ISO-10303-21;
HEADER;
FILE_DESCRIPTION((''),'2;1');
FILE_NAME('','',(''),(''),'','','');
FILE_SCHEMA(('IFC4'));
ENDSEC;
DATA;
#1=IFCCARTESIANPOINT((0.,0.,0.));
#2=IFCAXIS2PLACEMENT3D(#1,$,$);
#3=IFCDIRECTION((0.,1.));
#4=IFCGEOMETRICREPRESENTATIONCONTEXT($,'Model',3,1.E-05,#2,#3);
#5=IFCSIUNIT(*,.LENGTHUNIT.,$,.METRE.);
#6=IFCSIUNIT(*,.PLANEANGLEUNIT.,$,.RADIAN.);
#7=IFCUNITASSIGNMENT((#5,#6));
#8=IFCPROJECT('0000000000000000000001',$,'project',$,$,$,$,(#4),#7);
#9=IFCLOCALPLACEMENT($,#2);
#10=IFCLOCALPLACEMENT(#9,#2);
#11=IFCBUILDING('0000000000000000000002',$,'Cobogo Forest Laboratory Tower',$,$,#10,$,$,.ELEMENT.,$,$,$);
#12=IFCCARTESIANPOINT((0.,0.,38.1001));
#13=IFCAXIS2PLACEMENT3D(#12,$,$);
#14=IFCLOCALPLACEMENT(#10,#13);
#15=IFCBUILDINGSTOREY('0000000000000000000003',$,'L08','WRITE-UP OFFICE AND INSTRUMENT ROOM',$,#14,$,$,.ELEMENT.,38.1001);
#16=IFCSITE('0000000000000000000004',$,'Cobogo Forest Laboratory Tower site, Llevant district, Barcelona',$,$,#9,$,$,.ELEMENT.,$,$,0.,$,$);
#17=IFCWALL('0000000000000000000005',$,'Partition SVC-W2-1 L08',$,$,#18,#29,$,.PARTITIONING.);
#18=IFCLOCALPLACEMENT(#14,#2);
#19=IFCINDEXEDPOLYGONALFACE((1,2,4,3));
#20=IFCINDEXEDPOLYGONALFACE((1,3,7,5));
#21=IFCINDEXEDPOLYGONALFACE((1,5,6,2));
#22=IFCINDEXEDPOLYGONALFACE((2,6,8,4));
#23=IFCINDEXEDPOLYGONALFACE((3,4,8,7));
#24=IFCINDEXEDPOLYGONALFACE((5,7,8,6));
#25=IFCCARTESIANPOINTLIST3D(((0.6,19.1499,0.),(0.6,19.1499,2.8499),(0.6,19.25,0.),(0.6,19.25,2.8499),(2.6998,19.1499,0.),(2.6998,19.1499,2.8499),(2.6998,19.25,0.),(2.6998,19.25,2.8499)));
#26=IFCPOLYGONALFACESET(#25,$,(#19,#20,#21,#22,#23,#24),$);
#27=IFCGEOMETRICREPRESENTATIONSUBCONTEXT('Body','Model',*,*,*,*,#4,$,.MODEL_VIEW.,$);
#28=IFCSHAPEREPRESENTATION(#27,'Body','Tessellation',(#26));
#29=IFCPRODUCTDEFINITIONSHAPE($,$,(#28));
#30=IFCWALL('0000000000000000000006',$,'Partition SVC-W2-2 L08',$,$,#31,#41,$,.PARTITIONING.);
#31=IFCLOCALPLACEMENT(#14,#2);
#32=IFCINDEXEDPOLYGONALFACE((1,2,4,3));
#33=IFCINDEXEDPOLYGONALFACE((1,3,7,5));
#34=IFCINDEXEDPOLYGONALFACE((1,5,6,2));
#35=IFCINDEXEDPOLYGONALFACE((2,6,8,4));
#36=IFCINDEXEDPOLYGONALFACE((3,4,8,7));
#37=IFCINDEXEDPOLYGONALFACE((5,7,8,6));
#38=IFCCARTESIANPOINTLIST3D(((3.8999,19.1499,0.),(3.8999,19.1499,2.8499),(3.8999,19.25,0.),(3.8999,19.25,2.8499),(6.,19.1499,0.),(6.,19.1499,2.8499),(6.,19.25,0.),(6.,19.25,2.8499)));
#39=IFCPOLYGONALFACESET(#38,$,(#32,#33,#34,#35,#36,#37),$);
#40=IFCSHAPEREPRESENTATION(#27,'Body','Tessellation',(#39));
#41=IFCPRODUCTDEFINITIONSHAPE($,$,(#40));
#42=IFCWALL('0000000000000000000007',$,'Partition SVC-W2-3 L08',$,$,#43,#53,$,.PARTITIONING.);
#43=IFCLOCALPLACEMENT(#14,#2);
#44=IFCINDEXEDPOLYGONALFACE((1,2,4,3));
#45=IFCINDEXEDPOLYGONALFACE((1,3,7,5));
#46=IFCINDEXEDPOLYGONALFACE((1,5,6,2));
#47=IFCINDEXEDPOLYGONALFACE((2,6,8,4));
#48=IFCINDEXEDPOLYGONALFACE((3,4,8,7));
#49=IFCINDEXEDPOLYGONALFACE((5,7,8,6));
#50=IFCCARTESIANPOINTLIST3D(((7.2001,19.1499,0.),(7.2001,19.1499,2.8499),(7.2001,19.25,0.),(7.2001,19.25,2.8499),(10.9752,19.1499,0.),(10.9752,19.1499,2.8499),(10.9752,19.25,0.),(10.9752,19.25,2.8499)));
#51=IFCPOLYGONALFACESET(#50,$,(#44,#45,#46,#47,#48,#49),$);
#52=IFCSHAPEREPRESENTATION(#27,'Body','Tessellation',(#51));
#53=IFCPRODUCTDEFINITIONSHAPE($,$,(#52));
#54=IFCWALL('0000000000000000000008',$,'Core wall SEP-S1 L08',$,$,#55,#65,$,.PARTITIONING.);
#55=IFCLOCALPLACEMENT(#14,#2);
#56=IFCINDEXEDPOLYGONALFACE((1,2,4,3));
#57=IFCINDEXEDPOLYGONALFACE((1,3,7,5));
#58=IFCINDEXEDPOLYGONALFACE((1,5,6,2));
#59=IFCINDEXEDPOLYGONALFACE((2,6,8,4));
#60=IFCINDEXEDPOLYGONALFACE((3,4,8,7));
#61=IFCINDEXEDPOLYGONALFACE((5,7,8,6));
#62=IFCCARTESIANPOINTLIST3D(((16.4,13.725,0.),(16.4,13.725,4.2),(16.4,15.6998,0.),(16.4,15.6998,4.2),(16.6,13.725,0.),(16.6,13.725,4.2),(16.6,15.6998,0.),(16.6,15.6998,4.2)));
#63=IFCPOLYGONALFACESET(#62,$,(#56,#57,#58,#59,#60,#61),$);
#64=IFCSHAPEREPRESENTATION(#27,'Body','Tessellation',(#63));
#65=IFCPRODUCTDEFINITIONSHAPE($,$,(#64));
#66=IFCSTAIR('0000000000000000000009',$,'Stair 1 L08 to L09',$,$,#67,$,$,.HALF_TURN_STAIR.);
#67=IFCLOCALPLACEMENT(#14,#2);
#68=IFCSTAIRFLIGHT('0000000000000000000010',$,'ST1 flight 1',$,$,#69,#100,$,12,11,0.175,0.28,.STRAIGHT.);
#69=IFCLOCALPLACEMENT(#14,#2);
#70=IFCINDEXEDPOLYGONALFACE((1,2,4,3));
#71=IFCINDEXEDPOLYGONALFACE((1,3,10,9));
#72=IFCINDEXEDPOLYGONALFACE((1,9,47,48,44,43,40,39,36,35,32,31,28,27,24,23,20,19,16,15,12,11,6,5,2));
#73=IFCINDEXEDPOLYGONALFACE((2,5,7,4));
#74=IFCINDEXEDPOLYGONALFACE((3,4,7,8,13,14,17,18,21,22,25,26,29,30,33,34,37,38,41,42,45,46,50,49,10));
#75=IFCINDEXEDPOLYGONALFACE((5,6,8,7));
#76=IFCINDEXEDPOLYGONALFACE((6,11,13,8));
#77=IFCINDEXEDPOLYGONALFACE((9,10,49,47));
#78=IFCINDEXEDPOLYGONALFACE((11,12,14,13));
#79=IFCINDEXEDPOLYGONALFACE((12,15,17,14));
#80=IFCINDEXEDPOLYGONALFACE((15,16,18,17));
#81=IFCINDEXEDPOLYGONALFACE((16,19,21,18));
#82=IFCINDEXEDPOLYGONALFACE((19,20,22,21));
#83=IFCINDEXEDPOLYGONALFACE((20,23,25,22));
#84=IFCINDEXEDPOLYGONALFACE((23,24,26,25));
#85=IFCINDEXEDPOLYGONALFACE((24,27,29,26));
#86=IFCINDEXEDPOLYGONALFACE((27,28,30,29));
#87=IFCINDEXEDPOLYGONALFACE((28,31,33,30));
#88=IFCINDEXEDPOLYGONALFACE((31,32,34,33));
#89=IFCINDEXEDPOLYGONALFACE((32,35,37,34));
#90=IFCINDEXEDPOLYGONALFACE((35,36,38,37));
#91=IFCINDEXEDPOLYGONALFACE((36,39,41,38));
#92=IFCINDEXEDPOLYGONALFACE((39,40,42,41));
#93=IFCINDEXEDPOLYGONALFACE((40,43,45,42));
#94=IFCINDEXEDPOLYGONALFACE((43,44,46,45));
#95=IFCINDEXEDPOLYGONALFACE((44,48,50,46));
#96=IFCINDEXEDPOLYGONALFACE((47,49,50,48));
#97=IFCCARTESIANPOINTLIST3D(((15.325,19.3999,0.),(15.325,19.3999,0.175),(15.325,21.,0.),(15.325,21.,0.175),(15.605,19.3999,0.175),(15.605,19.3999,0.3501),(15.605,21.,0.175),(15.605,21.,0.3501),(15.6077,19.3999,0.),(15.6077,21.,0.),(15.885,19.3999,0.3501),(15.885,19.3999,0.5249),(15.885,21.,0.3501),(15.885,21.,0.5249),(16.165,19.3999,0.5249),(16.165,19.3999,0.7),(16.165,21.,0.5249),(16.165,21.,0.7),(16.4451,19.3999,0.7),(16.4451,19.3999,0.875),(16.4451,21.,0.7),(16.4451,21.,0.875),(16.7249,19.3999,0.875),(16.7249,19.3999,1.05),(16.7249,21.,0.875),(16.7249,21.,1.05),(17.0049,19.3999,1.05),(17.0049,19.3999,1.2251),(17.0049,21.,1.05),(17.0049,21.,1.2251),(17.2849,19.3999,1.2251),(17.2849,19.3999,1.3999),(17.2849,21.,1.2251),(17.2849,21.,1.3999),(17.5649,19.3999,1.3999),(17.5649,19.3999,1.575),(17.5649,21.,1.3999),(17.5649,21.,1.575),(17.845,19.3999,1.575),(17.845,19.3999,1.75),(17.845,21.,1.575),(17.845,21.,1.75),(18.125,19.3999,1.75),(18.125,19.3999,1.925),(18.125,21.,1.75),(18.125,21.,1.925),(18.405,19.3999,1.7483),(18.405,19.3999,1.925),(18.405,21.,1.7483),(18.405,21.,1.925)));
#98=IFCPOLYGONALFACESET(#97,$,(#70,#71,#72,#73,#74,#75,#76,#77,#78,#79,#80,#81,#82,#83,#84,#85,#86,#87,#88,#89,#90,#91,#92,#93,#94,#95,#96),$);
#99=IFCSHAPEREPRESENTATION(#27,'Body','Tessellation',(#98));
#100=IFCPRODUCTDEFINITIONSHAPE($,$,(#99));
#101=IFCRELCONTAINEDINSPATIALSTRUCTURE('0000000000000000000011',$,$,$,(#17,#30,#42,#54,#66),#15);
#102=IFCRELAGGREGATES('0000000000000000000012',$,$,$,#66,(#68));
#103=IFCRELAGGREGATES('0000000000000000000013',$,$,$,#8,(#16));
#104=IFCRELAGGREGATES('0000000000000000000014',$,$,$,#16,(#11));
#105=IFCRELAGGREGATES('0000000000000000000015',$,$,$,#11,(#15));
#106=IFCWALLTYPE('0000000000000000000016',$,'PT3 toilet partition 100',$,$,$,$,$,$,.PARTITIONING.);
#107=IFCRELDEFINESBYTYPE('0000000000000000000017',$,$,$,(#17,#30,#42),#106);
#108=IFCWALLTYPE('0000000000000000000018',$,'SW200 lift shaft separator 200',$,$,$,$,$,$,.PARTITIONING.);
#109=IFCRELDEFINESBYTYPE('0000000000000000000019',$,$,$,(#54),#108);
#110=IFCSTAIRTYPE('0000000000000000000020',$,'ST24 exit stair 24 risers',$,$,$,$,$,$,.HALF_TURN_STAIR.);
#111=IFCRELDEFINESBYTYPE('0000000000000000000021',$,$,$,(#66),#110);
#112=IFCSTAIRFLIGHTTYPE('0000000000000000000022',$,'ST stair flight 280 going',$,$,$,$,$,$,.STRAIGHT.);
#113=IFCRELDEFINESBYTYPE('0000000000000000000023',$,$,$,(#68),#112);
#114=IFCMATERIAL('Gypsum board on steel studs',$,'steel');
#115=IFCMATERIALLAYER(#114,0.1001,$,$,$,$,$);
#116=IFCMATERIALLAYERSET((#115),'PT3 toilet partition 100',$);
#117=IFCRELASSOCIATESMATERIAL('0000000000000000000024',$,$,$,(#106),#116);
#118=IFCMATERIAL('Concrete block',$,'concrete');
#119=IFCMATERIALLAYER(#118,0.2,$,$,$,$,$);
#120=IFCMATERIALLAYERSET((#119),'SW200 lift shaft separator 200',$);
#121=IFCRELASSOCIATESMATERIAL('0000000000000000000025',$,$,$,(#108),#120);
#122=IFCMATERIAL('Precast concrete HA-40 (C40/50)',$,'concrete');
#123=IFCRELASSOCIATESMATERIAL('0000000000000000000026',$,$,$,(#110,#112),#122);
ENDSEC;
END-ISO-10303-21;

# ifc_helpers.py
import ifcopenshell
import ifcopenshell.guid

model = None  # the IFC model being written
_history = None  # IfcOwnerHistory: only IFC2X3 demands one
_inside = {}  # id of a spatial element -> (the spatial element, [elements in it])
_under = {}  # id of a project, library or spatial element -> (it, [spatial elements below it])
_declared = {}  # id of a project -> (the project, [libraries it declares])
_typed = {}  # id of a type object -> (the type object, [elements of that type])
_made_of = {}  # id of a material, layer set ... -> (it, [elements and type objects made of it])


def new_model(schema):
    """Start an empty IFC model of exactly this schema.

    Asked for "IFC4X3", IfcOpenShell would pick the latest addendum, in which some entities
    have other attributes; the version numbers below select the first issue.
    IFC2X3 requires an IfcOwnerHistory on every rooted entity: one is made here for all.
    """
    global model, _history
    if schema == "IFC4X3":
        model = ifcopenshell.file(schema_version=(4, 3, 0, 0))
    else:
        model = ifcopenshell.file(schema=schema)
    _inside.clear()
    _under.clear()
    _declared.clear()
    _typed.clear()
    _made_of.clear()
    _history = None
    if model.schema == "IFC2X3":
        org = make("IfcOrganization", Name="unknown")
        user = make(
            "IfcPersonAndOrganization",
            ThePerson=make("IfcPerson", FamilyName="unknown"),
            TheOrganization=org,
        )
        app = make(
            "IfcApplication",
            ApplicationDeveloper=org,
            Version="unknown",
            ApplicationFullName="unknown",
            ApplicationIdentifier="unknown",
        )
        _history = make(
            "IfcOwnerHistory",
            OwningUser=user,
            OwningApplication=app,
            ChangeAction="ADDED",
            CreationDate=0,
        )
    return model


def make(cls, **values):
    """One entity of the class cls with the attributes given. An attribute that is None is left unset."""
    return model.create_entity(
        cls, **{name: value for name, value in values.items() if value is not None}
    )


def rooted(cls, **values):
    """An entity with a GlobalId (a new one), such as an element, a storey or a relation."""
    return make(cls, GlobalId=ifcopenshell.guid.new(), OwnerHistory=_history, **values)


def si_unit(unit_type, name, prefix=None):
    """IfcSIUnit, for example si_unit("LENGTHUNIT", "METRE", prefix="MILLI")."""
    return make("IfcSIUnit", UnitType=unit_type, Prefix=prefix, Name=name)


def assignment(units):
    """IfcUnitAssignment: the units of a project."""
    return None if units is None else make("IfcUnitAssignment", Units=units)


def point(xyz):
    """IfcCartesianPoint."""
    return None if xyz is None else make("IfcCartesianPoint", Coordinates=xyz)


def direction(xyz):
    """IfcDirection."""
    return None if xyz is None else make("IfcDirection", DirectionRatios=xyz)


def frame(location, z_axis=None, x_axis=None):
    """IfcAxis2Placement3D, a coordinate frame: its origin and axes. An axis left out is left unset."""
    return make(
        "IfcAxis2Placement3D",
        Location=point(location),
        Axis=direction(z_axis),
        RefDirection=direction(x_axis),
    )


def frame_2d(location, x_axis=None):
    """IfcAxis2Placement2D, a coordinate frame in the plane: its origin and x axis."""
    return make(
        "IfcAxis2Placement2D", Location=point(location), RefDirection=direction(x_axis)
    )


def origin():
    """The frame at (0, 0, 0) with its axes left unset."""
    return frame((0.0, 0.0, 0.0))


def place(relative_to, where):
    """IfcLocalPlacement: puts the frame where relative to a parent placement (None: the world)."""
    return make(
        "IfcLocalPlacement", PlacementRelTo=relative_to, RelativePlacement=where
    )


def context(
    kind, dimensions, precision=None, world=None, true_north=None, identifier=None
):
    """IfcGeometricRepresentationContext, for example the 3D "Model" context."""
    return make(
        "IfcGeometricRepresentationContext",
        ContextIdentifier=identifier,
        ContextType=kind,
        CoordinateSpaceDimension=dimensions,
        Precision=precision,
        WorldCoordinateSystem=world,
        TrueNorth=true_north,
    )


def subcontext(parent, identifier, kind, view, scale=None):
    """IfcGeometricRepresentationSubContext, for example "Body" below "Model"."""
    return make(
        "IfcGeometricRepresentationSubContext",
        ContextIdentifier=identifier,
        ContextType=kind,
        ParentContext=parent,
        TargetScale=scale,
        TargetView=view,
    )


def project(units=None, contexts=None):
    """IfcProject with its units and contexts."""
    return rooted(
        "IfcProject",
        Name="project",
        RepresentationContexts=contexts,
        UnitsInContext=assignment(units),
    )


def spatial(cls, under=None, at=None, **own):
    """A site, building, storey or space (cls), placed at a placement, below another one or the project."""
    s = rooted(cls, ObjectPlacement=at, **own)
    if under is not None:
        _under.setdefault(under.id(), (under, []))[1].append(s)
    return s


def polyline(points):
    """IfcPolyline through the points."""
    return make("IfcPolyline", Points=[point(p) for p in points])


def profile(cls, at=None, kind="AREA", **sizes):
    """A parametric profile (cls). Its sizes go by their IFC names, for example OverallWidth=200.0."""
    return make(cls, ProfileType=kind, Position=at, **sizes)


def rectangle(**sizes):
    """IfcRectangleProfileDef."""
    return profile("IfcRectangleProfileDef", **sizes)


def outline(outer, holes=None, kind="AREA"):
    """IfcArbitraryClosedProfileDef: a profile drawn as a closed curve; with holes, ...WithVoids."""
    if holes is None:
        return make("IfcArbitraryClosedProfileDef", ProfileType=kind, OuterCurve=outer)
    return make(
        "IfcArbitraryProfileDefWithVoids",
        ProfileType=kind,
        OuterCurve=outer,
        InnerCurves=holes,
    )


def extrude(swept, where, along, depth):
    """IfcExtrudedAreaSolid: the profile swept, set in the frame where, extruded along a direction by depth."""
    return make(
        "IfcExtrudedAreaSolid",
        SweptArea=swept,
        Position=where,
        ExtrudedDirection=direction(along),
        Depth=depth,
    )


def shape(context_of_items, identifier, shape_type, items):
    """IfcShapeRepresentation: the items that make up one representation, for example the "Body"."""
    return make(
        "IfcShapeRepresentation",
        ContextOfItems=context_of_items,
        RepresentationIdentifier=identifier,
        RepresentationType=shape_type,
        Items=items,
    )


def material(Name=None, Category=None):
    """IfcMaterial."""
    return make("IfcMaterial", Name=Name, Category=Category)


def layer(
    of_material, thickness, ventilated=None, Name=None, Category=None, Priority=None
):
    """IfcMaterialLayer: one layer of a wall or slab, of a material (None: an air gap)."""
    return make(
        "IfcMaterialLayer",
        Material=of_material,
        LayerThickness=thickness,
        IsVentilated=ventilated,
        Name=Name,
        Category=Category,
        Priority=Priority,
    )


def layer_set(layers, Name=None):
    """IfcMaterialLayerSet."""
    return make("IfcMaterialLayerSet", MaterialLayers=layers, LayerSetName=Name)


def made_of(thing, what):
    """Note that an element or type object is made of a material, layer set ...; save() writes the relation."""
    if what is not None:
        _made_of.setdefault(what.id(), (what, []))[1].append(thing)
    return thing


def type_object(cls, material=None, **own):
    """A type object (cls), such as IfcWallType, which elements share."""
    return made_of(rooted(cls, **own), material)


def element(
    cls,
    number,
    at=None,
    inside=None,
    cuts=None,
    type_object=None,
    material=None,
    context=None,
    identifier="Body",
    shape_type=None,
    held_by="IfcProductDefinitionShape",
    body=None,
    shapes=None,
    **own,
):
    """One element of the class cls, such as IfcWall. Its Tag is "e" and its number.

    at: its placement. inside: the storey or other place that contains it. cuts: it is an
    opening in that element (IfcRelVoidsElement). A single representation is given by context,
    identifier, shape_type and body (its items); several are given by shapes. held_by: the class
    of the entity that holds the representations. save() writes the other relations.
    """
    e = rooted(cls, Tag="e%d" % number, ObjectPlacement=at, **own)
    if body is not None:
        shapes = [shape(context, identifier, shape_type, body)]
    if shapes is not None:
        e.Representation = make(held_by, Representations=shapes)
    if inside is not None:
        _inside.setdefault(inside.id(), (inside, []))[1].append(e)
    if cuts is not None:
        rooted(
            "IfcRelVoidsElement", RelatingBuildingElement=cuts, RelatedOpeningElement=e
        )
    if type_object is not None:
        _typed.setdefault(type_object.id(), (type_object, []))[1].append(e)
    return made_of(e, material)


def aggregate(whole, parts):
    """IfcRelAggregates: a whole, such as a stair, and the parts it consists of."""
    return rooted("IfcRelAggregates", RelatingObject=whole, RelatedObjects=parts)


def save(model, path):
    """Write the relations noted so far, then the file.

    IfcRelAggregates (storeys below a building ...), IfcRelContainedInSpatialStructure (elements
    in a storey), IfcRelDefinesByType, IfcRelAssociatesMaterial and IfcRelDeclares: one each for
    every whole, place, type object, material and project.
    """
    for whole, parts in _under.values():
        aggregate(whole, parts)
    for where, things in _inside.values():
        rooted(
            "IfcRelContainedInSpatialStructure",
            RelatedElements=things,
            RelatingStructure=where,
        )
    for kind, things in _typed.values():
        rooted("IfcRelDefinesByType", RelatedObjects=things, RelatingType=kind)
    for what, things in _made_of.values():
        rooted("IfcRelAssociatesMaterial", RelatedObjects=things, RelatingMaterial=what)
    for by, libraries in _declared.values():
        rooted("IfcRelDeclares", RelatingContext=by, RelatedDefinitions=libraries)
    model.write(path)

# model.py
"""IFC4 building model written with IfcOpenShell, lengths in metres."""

from ifc_helpers import new_model, si_unit, direction, frame, frame_2d, origin, place, context, subcontext, project, spatial, polyline, rectangle, outline, extrude, material, layer, layer_set, type_object, element, aggregate, save


model = new_model("IFC4")

# Units and contexts
model_context = context("Model", 3, precision=1e-05, world=origin(), true_north=direction((0.0, 1.0)))
body_context = subcontext(model_context, "Body", "Model", "MODEL_VIEW")
ifc_project = project(units=[si_unit("LENGTHUNIT", "METRE"), si_unit("PLANEANGLEUNIT", "RADIAN")], contexts=[model_context])

# Site, building, storey
site_placement = place(None, origin())
site = spatial("IfcSite", under=ifc_project, at=site_placement, Name="Cobogo Forest Laboratory Tower site, Llevant district, Barcelona", CompositionType="ELEMENT", RefElevation=0.0)
building_placement = place(site_placement, origin())
building = spatial("IfcBuilding", under=site, at=building_placement, Name="Cobogo Forest Laboratory Tower", CompositionType="ELEMENT")
storey_placement = place(building_placement, frame((0.0, 0.0, 38.1001)))
storey = spatial("IfcBuildingStorey", under=building, at=storey_placement, Name="L08", Description="WRITE-UP OFFICE AND INSTRUMENT ROOM", CompositionType="ELEMENT", Elevation=38.1001)

# Walls
ifc_material_1 = material(Name="Gypsum board on steel studs", Category="steel")
ifc_layer_1 = layer(ifc_material_1, 0.1001)
ifc_layer_set_1 = layer_set([ifc_layer_1], Name="PT3 toilet partition 100")
wall_type_1 = type_object("IfcWallType", Name="PT3 toilet partition 100", PredefinedType="PARTITIONING", material=ifc_layer_set_1)
wall_1_placement = place(storey_placement, frame((0.6001, 19.2, 0.0), z_axis=(0.0, 0.0, 1.0), x_axis=(1.0, 0.0, 0.0)))
element("IfcWall", 1, at=wall_1_placement, inside=storey, type_object=wall_type_1, Name="Partition SVC-W2-1 L08", PredefinedType="PARTITIONING", context=body_context, shape_type="SweptSolid", body=[
    extrude(rectangle(XDim=2.0999, YDim=0.1001, at=frame_2d((1.0498, 0.0))), origin(), (0.0, 0.0, 1.0), 2.8499),
])
wall_2_placement = place(storey_placement, frame((3.8999, 19.2, 0.0), z_axis=(0.0, 0.0, 1.0), x_axis=(1.0, 0.0, 0.0)))
element("IfcWall", 2, at=wall_2_placement, inside=storey, type_object=wall_type_1, Name="Partition SVC-W2-2 L08", PredefinedType="PARTITIONING", context=body_context, shape_type="SweptSolid", body=[
    extrude(rectangle(XDim=2.1001, YDim=0.1001, at=frame_2d((1.05, 0.0))), origin(), (0.0, 0.0, 1.0), 2.8499),
])
wall_3_placement = place(storey_placement, frame((7.2, 19.2, 0.0), z_axis=(0.0, 0.0, 1.0), x_axis=(1.0, 0.0, 0.0)))
element("IfcWall", 3, at=wall_3_placement, inside=storey, type_object=wall_type_1, Name="Partition SVC-W2-3 L08", PredefinedType="PARTITIONING", context=body_context, shape_type="SweptSolid", body=[
    extrude(rectangle(XDim=3.7751, YDim=0.1001, at=frame_2d((1.8877, 0.0))), origin(), (0.0, 0.0, 1.0), 2.8499),
])
ifc_material_2 = material(Name="Concrete block", Category="concrete")
ifc_layer_2 = layer(ifc_material_2, 0.2)
ifc_layer_set_2 = layer_set([ifc_layer_2], Name="SW200 lift shaft separator 200")
wall_type_2 = type_object("IfcWallType", Name="SW200 lift shaft separator 200", PredefinedType="PARTITIONING", material=ifc_layer_set_2)
wall_4_placement = place(storey_placement, frame((16.5, 13.7251, 0.0), z_axis=(0.0, 0.0, 1.0), x_axis=(0.0, 1.0, 0.0)))
element("IfcWall", 4, at=wall_4_placement, inside=storey, type_object=wall_type_2, Name="Core wall SEP-S1 L08", PredefinedType="PARTITIONING", context=body_context, shape_type="SweptSolid", body=[
    extrude(rectangle(XDim=1.9749, YDim=0.2, at=frame_2d((0.9873, 0.0))), origin(), (0.0, 0.0, 1.0), 4.2),
])

# Stair, stair flight
ifc_material_3 = material(Name="Precast concrete HA-40 (C40/50)", Category="concrete")
stair_type = type_object("IfcStairType", Name="ST24 exit stair 24 risers", PredefinedType="HALF_TURN_STAIR", material=ifc_material_3)
stair_placement = place(storey_placement, origin())
stair = element("IfcStair", 5, at=stair_placement, inside=storey, type_object=stair_type, Name="Stair 1 L08 to L09", PredefinedType="HALF_TURN_STAIR")
stair_flight_type = type_object("IfcStairFlightType", Name="ST stair flight 280 going", PredefinedType="STRAIGHT", material=ifc_material_3)
stair_flight_placement = place(storey_placement, frame((15.325, 20.2, 0.0), z_axis=(0.0, 0.0, 1.0), x_axis=(1.0, 0.0, 0.0)))
stair_flight = element("IfcStairFlight", 6, at=stair_flight_placement, type_object=stair_flight_type, Name="ST1 flight 1", NumberOfRisers=12, NumberOfTreads=11, PredefinedType="STRAIGHT", RiserHeight=0.175, TreadLength=0.28, context=body_context, shape_type="SweptSolid", body=[
    extrude(outline(polyline([(0.0, 0.0), (0.0, 0.175), (0.28, 0.175), (0.28, 0.3501), (0.5601, 0.3501), (0.5601, 0.5249), (0.8401, 0.5249), (0.8401, 0.7), (1.1201, 0.7), (1.1201, 0.875), (1.3999, 0.875), (1.3999, 1.05), (1.6799, 1.05), (1.6799, 1.2251), (1.96, 1.2251), (1.96, 1.3999), (2.24, 1.3999), (2.24, 1.575), (2.52, 1.575), (2.52, 1.75), (2.8, 1.75), (2.8, 1.925), (3.0801, 1.925), (3.0801, 2.1001), (3.0801, 1.7483), (0.2827, 0.0), (0.0, 0.0)])), frame((0.0, 0.8, 0.0), z_axis=(0.0, -1.0, 0.0), x_axis=(1.0, 0.0, 0.0)), (0.0, 0.0, 1.0), 1.6001),
])
aggregate(stair, [stair_flight])

save(model, "model.ifc")
